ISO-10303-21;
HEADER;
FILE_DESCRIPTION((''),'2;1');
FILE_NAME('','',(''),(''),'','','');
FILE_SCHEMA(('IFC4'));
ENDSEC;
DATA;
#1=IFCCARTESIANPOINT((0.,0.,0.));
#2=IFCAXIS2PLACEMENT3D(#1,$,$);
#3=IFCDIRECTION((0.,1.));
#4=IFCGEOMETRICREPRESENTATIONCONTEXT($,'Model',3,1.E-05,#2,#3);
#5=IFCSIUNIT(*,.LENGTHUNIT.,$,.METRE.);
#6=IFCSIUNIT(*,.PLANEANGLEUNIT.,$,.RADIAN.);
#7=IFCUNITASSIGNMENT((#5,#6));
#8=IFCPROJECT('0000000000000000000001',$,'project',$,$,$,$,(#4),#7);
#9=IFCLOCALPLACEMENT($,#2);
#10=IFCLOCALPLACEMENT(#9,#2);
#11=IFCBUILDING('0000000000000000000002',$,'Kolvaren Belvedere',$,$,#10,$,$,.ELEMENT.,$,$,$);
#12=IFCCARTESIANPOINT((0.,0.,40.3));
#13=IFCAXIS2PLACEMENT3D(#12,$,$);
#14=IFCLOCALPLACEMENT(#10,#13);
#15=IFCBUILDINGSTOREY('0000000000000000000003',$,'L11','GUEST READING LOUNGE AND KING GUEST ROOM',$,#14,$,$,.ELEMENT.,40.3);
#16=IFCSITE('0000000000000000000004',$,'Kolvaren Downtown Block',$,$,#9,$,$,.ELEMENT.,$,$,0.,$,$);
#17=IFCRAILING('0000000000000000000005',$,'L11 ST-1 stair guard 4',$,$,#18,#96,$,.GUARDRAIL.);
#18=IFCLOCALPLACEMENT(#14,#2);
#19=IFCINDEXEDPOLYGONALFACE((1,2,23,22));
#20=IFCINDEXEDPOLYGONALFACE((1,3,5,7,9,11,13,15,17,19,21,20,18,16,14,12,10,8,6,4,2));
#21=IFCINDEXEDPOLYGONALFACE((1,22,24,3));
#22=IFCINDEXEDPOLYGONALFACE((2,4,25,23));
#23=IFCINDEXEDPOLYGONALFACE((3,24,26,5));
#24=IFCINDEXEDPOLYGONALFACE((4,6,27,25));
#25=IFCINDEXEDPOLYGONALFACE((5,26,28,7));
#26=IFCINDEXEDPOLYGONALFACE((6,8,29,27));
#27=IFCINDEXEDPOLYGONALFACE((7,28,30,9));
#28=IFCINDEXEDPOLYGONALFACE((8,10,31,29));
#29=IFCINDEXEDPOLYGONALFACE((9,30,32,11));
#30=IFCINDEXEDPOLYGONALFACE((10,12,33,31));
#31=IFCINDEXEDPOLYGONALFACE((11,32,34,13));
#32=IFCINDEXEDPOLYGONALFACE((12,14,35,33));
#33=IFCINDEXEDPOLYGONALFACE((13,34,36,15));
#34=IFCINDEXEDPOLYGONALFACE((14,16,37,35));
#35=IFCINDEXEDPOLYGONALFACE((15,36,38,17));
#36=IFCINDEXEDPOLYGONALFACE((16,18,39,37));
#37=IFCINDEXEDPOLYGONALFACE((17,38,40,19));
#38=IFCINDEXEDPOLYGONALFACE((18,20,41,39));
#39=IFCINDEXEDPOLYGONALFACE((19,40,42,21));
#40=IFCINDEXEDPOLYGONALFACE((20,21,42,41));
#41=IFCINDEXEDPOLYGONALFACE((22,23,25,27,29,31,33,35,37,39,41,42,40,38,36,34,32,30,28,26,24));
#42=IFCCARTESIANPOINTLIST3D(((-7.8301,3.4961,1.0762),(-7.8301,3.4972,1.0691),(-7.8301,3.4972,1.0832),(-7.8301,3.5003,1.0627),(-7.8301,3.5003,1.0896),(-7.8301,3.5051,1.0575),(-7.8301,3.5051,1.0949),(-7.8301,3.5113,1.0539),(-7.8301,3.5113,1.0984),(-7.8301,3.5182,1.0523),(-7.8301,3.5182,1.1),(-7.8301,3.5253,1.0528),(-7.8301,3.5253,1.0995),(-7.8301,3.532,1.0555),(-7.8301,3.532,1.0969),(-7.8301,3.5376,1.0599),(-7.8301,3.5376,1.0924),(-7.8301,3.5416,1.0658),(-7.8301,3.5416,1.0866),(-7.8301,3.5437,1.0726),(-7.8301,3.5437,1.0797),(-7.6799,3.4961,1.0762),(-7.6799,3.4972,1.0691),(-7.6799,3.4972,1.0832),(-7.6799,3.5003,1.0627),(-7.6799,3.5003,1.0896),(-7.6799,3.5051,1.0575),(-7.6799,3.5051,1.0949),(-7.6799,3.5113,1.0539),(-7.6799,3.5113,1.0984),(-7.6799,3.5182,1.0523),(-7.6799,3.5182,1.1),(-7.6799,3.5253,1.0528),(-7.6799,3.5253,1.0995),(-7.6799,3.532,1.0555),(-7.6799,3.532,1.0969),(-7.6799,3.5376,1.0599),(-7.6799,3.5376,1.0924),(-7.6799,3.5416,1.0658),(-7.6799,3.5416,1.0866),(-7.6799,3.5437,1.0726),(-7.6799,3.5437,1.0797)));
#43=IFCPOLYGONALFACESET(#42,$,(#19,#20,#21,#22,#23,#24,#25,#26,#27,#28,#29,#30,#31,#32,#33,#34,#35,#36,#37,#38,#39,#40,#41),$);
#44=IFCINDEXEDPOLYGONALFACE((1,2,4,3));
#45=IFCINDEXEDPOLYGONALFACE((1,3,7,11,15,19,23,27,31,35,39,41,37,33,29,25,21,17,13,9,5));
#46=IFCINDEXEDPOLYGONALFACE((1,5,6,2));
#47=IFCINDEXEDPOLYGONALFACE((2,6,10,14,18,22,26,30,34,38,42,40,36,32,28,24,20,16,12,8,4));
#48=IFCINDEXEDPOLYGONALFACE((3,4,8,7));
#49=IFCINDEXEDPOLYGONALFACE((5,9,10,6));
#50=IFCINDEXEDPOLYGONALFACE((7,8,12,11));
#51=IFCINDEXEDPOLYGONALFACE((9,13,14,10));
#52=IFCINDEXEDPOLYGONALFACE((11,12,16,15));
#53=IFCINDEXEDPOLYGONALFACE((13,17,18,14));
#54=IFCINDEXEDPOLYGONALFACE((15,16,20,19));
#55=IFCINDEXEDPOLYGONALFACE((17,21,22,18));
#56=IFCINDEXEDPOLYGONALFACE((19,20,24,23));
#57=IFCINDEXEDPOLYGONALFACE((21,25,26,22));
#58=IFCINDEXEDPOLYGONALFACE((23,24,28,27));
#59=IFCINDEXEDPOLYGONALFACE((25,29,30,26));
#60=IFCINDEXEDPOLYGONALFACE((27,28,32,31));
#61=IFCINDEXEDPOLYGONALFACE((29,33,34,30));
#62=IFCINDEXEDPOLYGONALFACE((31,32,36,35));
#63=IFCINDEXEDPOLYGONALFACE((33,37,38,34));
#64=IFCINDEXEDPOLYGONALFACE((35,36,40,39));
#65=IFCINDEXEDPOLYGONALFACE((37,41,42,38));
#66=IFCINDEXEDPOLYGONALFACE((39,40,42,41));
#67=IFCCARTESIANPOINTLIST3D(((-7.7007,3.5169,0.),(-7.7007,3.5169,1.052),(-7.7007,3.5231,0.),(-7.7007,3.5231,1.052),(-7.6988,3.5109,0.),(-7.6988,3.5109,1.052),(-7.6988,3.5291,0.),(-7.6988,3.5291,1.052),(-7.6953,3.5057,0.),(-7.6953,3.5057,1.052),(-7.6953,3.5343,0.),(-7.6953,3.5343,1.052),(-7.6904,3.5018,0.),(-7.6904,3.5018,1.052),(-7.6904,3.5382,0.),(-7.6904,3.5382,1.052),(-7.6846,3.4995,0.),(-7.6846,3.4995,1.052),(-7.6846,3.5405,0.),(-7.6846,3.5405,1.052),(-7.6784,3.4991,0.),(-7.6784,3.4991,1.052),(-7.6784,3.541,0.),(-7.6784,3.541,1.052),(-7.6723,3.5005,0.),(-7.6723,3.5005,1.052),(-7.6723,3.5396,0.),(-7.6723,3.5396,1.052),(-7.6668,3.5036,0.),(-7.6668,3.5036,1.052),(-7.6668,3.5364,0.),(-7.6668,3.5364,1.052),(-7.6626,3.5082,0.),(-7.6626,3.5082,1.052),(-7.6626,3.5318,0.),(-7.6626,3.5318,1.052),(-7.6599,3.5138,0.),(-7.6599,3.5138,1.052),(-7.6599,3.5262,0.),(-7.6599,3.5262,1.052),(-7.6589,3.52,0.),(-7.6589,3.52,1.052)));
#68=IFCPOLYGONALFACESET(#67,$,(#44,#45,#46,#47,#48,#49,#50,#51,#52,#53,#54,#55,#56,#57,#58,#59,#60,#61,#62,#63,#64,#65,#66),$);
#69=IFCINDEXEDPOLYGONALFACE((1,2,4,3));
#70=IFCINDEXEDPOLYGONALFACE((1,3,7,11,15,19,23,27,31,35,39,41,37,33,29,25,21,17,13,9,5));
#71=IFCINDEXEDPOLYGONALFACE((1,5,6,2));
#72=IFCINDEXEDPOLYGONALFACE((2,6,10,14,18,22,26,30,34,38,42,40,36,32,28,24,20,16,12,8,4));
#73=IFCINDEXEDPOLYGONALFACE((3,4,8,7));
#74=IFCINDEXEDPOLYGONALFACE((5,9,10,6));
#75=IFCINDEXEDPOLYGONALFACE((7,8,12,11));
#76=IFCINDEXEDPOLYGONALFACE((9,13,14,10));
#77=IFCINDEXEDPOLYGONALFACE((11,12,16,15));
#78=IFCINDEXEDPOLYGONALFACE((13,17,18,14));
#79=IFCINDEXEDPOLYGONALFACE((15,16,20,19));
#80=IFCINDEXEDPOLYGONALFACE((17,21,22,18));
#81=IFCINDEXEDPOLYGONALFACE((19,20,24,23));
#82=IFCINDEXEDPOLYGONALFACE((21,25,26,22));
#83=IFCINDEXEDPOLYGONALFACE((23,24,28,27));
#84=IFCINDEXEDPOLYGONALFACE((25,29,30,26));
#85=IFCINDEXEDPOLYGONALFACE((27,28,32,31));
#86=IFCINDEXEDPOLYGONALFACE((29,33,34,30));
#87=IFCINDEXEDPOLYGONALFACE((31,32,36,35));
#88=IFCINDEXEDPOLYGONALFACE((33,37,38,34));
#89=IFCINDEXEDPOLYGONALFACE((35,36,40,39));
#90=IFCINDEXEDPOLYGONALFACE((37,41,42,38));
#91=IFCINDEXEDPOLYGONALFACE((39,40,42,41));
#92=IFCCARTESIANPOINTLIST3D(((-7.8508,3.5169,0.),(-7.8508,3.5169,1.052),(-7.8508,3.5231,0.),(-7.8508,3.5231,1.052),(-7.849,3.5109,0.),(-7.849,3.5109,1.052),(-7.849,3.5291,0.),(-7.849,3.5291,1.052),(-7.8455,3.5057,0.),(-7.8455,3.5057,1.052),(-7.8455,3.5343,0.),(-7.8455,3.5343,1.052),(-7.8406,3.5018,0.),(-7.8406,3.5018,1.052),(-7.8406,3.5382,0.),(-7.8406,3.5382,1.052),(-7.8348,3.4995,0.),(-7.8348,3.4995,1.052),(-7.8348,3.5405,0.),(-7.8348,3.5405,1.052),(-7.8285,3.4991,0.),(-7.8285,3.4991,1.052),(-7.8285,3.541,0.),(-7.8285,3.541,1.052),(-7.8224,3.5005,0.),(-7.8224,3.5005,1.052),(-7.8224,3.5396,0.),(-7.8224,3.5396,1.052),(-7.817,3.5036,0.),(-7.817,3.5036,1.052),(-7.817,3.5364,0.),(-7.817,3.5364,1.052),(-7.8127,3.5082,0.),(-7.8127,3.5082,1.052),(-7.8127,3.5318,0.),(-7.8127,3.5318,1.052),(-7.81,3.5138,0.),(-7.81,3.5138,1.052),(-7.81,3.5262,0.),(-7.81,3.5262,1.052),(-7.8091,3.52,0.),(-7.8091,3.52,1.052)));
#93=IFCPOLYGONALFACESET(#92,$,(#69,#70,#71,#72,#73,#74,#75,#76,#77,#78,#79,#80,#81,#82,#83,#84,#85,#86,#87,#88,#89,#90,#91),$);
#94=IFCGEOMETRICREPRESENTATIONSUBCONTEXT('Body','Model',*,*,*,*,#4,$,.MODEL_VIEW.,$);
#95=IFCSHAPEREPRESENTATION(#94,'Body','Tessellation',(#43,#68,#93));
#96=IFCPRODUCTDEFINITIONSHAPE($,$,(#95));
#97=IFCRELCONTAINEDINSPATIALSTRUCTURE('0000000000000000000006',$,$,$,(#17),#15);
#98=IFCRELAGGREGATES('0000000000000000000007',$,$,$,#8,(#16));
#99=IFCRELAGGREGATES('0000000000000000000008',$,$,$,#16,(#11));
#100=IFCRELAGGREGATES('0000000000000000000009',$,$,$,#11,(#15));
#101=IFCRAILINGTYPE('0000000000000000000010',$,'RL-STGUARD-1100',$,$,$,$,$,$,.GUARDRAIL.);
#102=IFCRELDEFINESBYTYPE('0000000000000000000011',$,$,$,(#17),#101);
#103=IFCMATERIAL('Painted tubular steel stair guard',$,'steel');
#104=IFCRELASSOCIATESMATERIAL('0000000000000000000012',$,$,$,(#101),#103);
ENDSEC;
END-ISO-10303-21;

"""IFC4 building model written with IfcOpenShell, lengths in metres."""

from ifc_helpers import new_model, si_unit, direction, frame, origin, origin_2d, place, context, subcontext, project, spatial, circle, extrude, material, type_object, element, save


model = new_model("IFC4")

# Units and contexts
model_context = context("Model", 3, precision=1e-05, world=origin(), true_north=direction((0.0, 1.0)))
body_context = subcontext(model_context, "Body", "Model", "MODEL_VIEW")
ifc_project = project(units=[si_unit("LENGTHUNIT", "METRE"), si_unit("PLANEANGLEUNIT", "RADIAN")], contexts=[model_context])

# Site, building, storey
site_placement = place(None, origin())
site = spatial("IfcSite", under=ifc_project, at=site_placement, Name="Kolvaren Downtown Block", CompositionType="ELEMENT", RefElevation=0.0)
building_placement = place(site_placement, origin())
building = spatial("IfcBuilding", under=site, at=building_placement, Name="Kolvaren Belvedere", CompositionType="ELEMENT")
storey_placement = place(building_placement, frame((0.0, 0.0, 40.3)))
storey = spatial("IfcBuildingStorey", under=building, at=storey_placement, Name="L11", Description="GUEST READING LOUNGE AND KING GUEST ROOM", CompositionType="ELEMENT", Elevation=40.3)

# Railing
ifc_material_1 = material(Name="Painted tubular steel stair guard", Category="steel")
railing_type_1 = type_object("IfcRailingType", Name="RL-STGUARD-1100", PredefinedType="GUARDRAIL", material=ifc_material_1)
railing_1_placement = place(storey_placement, frame((-7.6799, 3.52, 0.0)))
element("IfcRailing", 1, at=railing_1_placement, inside=storey, type_object=railing_type_1, Name="L11 ST-1 stair guard 4", PredefinedType="GUARDRAIL", context=body_context, shape_type="SweptSolid", body=[
    extrude(circle(Radius=0.0239, at=origin_2d()), frame((0.0, 0.0, 1.0762), z_axis=(-1.0, 0.0, 0.0), x_axis=(0.0, -1.0, 0.0)), (0.0, 0.0, 1.0), 0.1501),
    extrude(circle(Radius=0.021, at=origin_2d()), origin(), (0.0, 0.0, 1.0), 1.052),
    extrude(circle(Radius=0.021, at=origin_2d()), frame((-0.1501, 0.0, 0.0)), (0.0, 0.0, 1.0), 1.052),
])

save(model, "model.ifc")
